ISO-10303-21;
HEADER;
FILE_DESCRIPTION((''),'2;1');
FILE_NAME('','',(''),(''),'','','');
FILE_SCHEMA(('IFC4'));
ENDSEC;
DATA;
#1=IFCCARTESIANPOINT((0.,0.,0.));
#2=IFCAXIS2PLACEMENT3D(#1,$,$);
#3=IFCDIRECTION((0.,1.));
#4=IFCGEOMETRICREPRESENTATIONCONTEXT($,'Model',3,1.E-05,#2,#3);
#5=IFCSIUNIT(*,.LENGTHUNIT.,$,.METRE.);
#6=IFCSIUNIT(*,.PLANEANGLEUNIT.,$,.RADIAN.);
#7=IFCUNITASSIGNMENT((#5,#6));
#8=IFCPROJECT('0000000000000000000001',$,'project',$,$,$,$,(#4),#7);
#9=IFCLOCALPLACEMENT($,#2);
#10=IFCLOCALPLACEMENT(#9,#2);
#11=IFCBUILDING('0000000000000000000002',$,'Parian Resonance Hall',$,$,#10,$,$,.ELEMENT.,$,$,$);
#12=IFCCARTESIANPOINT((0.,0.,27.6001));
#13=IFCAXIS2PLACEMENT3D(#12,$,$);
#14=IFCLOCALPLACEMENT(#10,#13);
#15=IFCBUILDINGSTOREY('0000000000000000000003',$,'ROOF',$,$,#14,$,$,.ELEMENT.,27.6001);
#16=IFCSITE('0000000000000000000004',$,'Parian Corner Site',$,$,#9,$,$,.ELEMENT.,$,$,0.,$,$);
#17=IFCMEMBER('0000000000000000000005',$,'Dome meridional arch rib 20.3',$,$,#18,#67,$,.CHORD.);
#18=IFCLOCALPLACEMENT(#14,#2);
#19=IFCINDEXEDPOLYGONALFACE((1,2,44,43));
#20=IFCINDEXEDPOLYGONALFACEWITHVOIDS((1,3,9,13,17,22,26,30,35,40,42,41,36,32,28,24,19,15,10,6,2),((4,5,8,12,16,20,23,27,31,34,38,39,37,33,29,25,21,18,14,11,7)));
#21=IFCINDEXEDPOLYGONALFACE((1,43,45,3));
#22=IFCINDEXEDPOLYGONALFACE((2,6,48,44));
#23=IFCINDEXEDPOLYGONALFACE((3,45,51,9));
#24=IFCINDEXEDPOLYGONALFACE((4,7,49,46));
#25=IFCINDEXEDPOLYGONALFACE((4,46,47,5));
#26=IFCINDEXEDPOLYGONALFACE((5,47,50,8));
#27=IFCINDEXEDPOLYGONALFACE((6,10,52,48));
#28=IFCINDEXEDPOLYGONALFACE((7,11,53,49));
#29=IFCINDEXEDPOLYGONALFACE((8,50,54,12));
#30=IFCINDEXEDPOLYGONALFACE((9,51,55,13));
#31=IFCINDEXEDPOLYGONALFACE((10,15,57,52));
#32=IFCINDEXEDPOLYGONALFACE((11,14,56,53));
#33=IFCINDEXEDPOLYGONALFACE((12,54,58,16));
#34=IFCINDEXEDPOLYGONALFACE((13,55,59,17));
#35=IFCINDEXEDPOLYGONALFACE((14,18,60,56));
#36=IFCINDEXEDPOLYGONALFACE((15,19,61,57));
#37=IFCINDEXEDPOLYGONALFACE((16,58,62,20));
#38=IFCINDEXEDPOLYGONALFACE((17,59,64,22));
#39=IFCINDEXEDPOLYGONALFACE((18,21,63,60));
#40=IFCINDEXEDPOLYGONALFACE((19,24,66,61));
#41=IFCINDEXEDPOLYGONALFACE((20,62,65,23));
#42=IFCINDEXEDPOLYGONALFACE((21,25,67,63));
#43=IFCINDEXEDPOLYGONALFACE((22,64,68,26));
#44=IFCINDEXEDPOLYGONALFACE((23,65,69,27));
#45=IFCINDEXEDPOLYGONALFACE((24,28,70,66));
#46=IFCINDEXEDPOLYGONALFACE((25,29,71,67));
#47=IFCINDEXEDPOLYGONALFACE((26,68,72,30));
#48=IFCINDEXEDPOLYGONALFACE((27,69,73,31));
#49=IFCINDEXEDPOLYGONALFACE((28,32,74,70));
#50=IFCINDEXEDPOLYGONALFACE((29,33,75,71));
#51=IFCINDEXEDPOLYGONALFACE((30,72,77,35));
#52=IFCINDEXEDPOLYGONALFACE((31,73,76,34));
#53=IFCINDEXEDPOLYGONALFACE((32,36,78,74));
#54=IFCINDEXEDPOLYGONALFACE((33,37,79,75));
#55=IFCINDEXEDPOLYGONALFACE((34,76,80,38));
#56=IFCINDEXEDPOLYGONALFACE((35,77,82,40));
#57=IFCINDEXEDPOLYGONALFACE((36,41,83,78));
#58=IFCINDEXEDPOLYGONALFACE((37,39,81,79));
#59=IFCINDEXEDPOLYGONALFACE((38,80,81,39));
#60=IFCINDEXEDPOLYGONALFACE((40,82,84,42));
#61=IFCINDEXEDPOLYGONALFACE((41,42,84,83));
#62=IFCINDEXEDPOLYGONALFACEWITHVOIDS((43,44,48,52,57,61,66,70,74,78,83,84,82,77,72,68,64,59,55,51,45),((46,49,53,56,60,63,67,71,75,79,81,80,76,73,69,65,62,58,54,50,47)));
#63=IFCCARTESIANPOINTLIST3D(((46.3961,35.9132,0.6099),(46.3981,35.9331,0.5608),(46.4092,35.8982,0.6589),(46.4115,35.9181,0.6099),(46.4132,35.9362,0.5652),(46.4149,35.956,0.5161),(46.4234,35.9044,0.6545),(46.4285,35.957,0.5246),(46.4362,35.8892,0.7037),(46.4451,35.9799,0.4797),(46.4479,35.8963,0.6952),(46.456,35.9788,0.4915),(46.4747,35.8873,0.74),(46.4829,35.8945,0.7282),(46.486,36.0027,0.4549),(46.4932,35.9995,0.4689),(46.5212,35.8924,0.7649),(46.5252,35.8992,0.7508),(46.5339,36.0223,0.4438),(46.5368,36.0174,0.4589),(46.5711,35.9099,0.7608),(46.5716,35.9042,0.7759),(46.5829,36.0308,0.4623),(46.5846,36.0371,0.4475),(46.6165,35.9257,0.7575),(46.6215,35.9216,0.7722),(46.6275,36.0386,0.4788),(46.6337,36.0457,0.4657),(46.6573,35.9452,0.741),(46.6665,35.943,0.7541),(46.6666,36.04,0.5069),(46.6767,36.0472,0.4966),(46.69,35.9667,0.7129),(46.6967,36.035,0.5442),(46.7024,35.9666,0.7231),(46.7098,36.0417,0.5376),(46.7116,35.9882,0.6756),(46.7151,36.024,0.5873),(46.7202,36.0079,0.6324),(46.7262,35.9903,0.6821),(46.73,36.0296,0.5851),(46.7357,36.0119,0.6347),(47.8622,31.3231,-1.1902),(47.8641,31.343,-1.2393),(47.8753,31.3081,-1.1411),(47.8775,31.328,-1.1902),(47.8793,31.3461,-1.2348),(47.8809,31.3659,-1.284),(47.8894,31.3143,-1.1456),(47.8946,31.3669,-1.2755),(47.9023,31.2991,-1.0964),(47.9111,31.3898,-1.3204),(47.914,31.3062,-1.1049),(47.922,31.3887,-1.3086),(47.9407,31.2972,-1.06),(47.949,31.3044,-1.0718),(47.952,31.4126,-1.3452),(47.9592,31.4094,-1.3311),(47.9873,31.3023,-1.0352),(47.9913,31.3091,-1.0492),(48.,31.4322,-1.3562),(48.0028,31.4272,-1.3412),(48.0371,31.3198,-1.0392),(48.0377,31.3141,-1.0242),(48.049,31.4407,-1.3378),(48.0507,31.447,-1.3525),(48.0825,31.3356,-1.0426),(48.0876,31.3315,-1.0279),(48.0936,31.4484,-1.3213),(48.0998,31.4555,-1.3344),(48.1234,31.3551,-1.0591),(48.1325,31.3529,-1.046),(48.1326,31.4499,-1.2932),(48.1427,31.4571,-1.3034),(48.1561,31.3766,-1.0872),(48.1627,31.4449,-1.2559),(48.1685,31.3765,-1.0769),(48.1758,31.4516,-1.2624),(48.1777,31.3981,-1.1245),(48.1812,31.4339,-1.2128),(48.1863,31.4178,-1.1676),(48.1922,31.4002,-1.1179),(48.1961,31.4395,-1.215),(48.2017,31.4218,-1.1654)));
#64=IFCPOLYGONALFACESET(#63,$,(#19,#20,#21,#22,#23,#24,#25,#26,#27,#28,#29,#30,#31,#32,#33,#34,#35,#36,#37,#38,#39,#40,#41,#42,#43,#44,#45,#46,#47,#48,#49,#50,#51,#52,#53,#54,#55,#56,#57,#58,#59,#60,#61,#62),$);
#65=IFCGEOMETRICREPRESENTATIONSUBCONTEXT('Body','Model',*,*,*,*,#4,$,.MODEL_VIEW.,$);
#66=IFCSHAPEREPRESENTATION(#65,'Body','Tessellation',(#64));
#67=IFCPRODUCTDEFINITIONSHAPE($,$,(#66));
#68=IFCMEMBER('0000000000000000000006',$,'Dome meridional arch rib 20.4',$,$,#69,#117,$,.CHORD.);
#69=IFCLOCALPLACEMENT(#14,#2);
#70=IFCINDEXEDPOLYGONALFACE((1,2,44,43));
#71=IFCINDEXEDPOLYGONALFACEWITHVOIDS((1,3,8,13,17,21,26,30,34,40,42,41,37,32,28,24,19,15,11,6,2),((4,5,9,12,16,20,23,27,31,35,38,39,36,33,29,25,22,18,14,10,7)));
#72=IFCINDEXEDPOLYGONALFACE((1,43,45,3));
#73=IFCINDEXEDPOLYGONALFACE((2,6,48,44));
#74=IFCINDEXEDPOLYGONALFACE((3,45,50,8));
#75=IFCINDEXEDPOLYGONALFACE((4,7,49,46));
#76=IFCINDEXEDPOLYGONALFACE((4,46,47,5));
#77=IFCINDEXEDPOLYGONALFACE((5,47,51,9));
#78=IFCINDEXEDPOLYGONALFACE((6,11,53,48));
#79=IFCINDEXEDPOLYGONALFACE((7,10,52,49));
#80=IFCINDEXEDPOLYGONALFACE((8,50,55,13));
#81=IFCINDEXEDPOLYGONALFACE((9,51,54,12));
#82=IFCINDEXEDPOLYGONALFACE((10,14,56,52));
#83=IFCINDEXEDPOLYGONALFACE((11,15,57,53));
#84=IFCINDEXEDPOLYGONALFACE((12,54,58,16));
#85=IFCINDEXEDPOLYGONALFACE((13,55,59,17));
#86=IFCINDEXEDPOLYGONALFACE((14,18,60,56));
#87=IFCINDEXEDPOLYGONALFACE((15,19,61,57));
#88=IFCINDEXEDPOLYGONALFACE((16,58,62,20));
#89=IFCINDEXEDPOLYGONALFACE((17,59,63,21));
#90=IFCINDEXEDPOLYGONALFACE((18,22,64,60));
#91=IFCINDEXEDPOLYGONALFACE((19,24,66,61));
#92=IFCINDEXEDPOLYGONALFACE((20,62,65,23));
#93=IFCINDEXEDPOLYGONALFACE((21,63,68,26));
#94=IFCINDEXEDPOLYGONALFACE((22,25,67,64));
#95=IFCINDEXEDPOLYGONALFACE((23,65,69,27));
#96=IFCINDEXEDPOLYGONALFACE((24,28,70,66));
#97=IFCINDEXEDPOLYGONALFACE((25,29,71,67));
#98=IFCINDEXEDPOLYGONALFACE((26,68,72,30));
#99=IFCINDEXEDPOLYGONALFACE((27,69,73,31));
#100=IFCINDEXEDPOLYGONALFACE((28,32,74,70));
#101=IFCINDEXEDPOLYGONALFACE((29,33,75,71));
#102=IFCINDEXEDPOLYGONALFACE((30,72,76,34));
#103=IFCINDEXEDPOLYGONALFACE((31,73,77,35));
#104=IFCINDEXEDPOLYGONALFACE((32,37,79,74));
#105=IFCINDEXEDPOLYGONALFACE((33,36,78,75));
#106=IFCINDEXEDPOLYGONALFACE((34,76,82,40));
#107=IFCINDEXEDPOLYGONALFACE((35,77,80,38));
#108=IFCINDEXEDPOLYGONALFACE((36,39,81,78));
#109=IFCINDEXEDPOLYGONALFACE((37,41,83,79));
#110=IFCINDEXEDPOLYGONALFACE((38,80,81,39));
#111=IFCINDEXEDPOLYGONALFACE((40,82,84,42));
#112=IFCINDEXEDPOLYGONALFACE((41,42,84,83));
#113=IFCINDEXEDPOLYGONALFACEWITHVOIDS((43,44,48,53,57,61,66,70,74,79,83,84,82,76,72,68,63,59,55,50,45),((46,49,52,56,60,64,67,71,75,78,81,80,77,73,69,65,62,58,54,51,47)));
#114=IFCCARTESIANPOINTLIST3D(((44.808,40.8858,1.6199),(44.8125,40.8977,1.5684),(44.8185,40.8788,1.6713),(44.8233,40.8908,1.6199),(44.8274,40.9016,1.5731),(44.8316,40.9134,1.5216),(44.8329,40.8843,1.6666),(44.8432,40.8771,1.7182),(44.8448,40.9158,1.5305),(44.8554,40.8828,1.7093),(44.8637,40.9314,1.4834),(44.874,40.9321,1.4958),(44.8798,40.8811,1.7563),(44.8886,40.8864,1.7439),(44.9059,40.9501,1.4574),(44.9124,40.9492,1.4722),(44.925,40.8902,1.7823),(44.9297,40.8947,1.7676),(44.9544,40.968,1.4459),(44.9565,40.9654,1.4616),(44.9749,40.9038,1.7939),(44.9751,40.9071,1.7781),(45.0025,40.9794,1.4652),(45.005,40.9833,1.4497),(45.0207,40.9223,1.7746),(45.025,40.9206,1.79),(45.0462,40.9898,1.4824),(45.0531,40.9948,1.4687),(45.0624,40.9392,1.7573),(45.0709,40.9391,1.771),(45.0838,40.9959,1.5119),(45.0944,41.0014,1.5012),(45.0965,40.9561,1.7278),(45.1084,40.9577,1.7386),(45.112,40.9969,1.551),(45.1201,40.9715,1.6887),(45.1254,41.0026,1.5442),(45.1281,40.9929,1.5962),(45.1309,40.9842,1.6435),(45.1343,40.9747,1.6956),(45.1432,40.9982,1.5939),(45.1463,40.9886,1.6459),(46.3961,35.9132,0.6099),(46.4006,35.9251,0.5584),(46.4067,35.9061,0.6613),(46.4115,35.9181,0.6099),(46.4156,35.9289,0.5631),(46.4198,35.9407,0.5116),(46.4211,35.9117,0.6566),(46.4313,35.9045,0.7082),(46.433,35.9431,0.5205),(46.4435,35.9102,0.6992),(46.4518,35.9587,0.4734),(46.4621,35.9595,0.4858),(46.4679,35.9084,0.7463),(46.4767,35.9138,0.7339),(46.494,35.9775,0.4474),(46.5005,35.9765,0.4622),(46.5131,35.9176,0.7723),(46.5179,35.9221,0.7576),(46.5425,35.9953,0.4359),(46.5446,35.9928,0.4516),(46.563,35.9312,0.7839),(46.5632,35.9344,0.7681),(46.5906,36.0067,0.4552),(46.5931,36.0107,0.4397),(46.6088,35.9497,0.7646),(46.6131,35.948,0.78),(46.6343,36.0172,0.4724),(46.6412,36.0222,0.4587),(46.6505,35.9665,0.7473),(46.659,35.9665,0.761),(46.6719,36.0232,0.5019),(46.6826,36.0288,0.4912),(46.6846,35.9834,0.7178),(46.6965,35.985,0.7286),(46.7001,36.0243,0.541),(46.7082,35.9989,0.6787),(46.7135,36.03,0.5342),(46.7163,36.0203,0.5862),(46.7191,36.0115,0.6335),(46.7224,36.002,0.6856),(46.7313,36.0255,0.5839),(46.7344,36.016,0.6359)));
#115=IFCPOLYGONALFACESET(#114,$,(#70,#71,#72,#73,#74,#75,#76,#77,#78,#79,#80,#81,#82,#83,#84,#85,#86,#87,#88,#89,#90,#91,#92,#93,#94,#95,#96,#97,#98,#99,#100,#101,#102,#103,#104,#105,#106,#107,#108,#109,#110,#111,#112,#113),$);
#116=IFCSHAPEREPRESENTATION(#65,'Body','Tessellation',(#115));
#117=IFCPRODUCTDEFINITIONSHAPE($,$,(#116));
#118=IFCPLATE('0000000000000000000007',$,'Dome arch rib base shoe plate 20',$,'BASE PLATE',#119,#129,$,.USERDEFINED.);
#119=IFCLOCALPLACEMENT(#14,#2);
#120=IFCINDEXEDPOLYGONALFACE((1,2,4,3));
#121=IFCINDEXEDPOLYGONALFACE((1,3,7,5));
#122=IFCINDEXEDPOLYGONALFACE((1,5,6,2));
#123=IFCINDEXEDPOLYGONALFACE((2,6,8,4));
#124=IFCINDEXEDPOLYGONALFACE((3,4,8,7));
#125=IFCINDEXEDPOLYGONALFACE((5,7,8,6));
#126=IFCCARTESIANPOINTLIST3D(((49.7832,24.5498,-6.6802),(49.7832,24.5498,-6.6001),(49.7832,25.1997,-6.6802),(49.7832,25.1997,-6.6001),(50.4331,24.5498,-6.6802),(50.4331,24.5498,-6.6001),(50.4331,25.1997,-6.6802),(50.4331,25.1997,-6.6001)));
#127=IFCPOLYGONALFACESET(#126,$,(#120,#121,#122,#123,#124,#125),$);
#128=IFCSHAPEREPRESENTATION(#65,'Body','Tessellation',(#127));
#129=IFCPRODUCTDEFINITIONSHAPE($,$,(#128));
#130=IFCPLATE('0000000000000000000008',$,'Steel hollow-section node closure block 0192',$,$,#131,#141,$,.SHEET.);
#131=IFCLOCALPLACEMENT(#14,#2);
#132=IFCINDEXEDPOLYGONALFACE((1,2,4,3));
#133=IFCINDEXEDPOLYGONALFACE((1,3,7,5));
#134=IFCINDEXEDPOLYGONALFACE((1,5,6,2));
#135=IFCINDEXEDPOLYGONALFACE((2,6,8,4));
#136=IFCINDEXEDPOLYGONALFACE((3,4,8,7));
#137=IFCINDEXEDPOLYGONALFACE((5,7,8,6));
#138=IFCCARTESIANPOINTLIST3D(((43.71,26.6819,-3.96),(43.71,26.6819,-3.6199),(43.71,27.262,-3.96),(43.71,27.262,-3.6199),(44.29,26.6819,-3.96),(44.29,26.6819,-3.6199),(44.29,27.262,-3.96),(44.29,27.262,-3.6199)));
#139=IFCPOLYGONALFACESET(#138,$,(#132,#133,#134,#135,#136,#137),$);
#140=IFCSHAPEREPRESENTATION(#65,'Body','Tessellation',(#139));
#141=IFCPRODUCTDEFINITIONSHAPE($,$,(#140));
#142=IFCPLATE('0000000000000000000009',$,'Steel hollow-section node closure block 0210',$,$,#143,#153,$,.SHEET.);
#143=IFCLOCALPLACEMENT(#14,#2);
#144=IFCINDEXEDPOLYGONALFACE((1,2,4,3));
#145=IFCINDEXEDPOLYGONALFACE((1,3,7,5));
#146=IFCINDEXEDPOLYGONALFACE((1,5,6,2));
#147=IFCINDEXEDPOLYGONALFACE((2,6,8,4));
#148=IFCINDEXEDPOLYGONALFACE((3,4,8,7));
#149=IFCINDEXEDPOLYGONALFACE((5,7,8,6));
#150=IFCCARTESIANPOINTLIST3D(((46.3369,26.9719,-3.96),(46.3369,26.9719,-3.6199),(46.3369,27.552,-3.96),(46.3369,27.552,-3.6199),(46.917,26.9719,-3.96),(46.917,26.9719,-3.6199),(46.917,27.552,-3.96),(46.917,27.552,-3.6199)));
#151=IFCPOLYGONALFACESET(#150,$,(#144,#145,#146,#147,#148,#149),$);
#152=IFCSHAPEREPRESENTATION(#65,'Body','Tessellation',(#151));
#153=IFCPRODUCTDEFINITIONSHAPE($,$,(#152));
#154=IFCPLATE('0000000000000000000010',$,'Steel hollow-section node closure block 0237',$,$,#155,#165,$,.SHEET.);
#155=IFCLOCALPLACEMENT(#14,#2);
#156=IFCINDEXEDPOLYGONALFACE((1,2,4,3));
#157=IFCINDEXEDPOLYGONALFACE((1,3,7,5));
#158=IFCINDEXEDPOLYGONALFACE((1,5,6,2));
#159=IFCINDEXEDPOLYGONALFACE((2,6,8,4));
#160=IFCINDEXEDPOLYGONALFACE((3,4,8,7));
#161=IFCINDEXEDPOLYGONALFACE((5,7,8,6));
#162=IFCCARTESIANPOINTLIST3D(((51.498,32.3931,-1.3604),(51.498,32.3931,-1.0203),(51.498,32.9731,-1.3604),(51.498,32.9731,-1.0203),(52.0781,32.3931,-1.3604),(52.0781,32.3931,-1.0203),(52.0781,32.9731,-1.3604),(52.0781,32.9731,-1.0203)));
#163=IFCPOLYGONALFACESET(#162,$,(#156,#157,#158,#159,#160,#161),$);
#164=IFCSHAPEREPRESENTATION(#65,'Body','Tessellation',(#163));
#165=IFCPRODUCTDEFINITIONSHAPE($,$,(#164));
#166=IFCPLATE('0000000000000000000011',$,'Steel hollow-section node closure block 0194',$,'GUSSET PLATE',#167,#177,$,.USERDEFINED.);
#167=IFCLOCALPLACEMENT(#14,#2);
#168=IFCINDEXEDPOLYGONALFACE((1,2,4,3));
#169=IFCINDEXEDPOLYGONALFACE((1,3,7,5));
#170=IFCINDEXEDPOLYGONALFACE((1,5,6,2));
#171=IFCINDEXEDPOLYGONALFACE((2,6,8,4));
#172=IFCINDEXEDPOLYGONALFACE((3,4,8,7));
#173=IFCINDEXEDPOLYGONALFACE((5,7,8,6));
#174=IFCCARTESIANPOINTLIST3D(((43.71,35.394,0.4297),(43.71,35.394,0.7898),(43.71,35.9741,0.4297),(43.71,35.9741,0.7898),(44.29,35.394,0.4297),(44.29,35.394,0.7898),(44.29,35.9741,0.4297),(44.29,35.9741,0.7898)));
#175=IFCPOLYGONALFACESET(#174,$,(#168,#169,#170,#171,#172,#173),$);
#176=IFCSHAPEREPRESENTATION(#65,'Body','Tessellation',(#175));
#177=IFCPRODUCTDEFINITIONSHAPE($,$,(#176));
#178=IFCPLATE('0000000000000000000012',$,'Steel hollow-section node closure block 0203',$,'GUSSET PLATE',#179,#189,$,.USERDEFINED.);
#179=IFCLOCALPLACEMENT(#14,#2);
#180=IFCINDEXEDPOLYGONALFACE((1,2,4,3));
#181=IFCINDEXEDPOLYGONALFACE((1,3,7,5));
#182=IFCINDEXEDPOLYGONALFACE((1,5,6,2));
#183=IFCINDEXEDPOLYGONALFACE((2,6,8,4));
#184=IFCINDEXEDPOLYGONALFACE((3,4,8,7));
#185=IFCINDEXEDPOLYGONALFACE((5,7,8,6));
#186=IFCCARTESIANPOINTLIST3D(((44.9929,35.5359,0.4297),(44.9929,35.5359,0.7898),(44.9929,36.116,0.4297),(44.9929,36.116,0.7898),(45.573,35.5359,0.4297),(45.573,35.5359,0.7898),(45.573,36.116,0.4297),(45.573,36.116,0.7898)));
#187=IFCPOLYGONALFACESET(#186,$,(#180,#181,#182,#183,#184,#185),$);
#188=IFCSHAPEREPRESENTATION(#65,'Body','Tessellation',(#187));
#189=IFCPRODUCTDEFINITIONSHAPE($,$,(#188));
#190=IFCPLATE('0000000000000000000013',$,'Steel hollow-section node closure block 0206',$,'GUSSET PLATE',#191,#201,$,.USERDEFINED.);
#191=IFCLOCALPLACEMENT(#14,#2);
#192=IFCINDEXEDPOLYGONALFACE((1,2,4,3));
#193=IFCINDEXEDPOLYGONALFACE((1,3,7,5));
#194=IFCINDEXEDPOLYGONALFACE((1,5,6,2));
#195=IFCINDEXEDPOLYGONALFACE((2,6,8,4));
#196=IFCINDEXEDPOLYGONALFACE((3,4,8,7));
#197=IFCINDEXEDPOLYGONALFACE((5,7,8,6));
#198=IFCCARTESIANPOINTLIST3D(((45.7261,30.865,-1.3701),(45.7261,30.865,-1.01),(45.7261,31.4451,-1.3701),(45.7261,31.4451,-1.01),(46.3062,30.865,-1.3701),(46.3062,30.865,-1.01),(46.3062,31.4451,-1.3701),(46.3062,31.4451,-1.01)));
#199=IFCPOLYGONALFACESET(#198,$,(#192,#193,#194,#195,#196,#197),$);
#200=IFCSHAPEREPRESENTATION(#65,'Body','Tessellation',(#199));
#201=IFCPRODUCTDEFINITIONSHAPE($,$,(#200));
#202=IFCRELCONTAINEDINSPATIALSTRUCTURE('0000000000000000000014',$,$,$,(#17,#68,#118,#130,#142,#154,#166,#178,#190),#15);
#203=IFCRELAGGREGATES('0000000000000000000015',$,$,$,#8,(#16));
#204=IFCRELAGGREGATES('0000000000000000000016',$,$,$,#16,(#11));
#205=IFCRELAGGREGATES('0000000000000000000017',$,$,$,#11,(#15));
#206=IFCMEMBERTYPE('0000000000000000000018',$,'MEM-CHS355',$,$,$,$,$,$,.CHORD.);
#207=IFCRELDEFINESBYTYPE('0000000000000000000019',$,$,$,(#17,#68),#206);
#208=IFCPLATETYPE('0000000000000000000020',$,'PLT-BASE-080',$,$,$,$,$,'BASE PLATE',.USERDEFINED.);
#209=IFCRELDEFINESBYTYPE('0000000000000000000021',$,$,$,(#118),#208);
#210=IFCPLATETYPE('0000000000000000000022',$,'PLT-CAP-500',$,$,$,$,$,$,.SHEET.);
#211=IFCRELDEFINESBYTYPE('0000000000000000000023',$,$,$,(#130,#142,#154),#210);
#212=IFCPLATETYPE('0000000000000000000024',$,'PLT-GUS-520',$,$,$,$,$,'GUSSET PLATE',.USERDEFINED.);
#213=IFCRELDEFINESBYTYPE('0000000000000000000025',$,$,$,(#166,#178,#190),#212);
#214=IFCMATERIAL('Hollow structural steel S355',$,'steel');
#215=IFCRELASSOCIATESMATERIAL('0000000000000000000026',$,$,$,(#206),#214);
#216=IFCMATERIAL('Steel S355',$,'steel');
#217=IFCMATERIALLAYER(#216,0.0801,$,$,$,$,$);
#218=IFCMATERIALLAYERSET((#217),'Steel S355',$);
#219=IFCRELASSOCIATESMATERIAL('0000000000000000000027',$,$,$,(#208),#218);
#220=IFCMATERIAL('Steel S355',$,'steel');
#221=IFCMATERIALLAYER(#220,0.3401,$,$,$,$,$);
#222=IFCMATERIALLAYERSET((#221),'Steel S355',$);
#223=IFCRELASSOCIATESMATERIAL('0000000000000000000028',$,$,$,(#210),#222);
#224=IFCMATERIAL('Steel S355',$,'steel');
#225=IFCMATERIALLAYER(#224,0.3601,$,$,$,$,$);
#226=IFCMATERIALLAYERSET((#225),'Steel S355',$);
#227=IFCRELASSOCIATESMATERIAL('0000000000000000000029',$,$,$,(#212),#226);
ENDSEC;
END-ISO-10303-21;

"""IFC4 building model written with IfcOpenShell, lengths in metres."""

from ifc_helpers import new_model, si_unit, direction, frame, origin, origin_2d, place, context, subcontext, project, spatial, rectangle, hollow_circle, extrude, material, layer, layer_set, material_profile, profile_set, type_object, element, save


model = new_model("IFC4")

# Units and contexts
model_context = context("Model", 3, precision=1e-05, world=origin(), true_north=direction((0.0, 1.0)))
body_context = subcontext(model_context, "Body", "Model", "MODEL_VIEW")
ifc_project = project(units=[si_unit("LENGTHUNIT", "METRE"), si_unit("PLANEANGLEUNIT", "RADIAN")], contexts=[model_context])

# Site, building, storey
site_placement = place(None, origin())
site = spatial("IfcSite", under=ifc_project, at=site_placement, Name="Parian Corner Site", CompositionType="ELEMENT", RefElevation=0.0)
building_placement = place(site_placement, origin())
building = spatial("IfcBuilding", under=site, at=building_placement, Name="Parian Resonance Hall", CompositionType="ELEMENT")
storey_placement = place(building_placement, frame((0.0, 0.0, 27.6001)))
storey = spatial("IfcBuildingStorey", under=building, at=storey_placement, Name="ROOF", CompositionType="ELEMENT", Elevation=27.6001)

# Members
ifc_material_1 = material(Name="Hollow structural steel S355", Category="steel")
ifc_material_profile_1 = material_profile(ifc_material_1, hollow_circle(Radius=0.1777, WallThickness=0.0161, at=origin_2d()), Name="CHS355.6x16")
ifc_profile_set_1 = profile_set([ifc_material_profile_1], Name="Hollow structural steel S355")
member_type_1 = type_object("IfcMemberType", Name="MEM-CHS355", PredefinedType="CHORD", material=ifc_profile_set_1)
member_1_placement = place(storey_placement, frame((48.0315, 31.3772, -1.1902), z_axis=(-0.285017, 0.892358, 0.349947), x_axis=(-0.95259, -0.304255, 0.0)))
element("IfcMember", 1, at=member_1_placement, inside=storey, type_object=member_type_1, Name="Dome meridional arch rib 20.3", PredefinedType="CHORD", context=body_context, shape_type="SweptSolid", body=[
    extrude(hollow_circle(Radius=0.1777, WallThickness=0.0161, at=origin_2d()), origin(), (0.0, 0.0, 1.0), 5.1438),
])
member_2_placement = place(storey_placement, frame((46.5654, 35.9673, 0.6099), z_axis=(-0.298695, 0.935252, 0.189962), x_axis=(-0.952597, -0.304234, 0.0)))
element("IfcMember", 2, at=member_2_placement, inside=storey, type_object=member_type_1, Name="Dome meridional arch rib 20.4", PredefinedType="CHORD", context=body_context, shape_type="SweptSolid", body=[
    extrude(hollow_circle(Radius=0.1777, WallThickness=0.0161, at=origin_2d()), origin(), (0.0, 0.0, 1.0), 5.3169),
])

# Plates
ifc_material_2 = material(Name="Steel S355", Category="steel")
ifc_layer_1 = layer(ifc_material_2, 0.0801)
ifc_layer_set_1 = layer_set([ifc_layer_1], Name="Steel S355")
plate_type_1 = type_object("IfcPlateType", Name="PLT-BASE-080", ElementType="BASE PLATE", PredefinedType="USERDEFINED", material=ifc_layer_set_1)
plate_placement = place(storey_placement, frame((50.1082, 24.8748, -6.6802), z_axis=(0.0, 0.0, 1.0), x_axis=(1.0, 0.0, 0.0)))
element("IfcPlate", 3, at=plate_placement, inside=storey, type_object=plate_type_1, Name="Dome arch rib base shoe plate 20", ObjectType="BASE PLATE", PredefinedType="USERDEFINED", context=body_context, shape_type="SweptSolid", body=[
    extrude(rectangle(XDim=0.6499, YDim=0.6499, at=origin_2d()), origin(), (0.0, 0.0, 1.0), 0.0801),
])
ifc_material_3 = material(Name="Steel S355", Category="steel")
ifc_layer_2 = layer(ifc_material_3, 0.3401)
ifc_layer_set_2 = layer_set([ifc_layer_2], Name="Steel S355")
plate_type_2 = type_object("IfcPlateType", Name="PLT-CAP-500", PredefinedType="SHEET", material=ifc_layer_set_2)
for number, where, z_axis, x_axis, name in (
    (4, (44.0, 26.9719, -3.96), (0.0, 0.0, 1.0), (1.0, 0.0, 0.0), "Steel hollow-section node closure block 0192"),
    (5, (46.627, 27.262, -3.96), (0.0, 0.0, 1.0), (1.0, 0.0, 0.0), "Steel hollow-section node closure block 0210"),
    (6, (51.7881, 32.6831, -1.3604), (0.0, 0.0, 1.0), (1.0, 0.0, 0.0), "Steel hollow-section node closure block 0237"),
):
    element("IfcPlate", number, at=place(storey_placement, frame(where, z_axis=z_axis, x_axis=x_axis)), inside=storey, type_object=plate_type_2, Name=name, PredefinedType="SHEET", context=body_context, shape_type="SweptSolid", body=[
        extrude(rectangle(XDim=0.5801, YDim=0.5801, at=origin_2d()), origin(), (0.0, 0.0, 1.0), 0.3401),
    ])
ifc_material_4 = material(Name="Steel S355", Category="steel")
ifc_layer_3 = layer(ifc_material_4, 0.3601)
ifc_layer_set_3 = layer_set([ifc_layer_3], Name="Steel S355")
plate_type_3 = type_object("IfcPlateType", Name="PLT-GUS-520", ElementType="GUSSET PLATE", PredefinedType="USERDEFINED", material=ifc_layer_set_3)
for number, where, z_axis, x_axis, name in (
    (7, (44.0, 35.6841, 0.4297), (0.0, 0.0, 1.0), (1.0, 0.0, 0.0), "Steel hollow-section node closure block 0194"),
    (8, (45.283, 35.8259, 0.4297), (0.0, 0.0, 1.0), (1.0, 0.0, 0.0), "Steel hollow-section node closure block 0203"),
    (9, (46.0161, 31.155, -1.3701), (0.0, 0.0, 1.0), (1.0, 0.0, 0.0), "Steel hollow-section node closure block 0206"),
):
    element("IfcPlate", number, at=place(storey_placement, frame(where, z_axis=z_axis, x_axis=x_axis)), inside=storey, type_object=plate_type_3, Name=name, ObjectType="GUSSET PLATE", PredefinedType="USERDEFINED", context=body_context, shape_type="SweptSolid", body=[
        extrude(rectangle(XDim=0.5801, YDim=0.5801, at=origin_2d()), origin(), (0.0, 0.0, 1.0), 0.3601),
    ])

save(model, "model.ifc")
